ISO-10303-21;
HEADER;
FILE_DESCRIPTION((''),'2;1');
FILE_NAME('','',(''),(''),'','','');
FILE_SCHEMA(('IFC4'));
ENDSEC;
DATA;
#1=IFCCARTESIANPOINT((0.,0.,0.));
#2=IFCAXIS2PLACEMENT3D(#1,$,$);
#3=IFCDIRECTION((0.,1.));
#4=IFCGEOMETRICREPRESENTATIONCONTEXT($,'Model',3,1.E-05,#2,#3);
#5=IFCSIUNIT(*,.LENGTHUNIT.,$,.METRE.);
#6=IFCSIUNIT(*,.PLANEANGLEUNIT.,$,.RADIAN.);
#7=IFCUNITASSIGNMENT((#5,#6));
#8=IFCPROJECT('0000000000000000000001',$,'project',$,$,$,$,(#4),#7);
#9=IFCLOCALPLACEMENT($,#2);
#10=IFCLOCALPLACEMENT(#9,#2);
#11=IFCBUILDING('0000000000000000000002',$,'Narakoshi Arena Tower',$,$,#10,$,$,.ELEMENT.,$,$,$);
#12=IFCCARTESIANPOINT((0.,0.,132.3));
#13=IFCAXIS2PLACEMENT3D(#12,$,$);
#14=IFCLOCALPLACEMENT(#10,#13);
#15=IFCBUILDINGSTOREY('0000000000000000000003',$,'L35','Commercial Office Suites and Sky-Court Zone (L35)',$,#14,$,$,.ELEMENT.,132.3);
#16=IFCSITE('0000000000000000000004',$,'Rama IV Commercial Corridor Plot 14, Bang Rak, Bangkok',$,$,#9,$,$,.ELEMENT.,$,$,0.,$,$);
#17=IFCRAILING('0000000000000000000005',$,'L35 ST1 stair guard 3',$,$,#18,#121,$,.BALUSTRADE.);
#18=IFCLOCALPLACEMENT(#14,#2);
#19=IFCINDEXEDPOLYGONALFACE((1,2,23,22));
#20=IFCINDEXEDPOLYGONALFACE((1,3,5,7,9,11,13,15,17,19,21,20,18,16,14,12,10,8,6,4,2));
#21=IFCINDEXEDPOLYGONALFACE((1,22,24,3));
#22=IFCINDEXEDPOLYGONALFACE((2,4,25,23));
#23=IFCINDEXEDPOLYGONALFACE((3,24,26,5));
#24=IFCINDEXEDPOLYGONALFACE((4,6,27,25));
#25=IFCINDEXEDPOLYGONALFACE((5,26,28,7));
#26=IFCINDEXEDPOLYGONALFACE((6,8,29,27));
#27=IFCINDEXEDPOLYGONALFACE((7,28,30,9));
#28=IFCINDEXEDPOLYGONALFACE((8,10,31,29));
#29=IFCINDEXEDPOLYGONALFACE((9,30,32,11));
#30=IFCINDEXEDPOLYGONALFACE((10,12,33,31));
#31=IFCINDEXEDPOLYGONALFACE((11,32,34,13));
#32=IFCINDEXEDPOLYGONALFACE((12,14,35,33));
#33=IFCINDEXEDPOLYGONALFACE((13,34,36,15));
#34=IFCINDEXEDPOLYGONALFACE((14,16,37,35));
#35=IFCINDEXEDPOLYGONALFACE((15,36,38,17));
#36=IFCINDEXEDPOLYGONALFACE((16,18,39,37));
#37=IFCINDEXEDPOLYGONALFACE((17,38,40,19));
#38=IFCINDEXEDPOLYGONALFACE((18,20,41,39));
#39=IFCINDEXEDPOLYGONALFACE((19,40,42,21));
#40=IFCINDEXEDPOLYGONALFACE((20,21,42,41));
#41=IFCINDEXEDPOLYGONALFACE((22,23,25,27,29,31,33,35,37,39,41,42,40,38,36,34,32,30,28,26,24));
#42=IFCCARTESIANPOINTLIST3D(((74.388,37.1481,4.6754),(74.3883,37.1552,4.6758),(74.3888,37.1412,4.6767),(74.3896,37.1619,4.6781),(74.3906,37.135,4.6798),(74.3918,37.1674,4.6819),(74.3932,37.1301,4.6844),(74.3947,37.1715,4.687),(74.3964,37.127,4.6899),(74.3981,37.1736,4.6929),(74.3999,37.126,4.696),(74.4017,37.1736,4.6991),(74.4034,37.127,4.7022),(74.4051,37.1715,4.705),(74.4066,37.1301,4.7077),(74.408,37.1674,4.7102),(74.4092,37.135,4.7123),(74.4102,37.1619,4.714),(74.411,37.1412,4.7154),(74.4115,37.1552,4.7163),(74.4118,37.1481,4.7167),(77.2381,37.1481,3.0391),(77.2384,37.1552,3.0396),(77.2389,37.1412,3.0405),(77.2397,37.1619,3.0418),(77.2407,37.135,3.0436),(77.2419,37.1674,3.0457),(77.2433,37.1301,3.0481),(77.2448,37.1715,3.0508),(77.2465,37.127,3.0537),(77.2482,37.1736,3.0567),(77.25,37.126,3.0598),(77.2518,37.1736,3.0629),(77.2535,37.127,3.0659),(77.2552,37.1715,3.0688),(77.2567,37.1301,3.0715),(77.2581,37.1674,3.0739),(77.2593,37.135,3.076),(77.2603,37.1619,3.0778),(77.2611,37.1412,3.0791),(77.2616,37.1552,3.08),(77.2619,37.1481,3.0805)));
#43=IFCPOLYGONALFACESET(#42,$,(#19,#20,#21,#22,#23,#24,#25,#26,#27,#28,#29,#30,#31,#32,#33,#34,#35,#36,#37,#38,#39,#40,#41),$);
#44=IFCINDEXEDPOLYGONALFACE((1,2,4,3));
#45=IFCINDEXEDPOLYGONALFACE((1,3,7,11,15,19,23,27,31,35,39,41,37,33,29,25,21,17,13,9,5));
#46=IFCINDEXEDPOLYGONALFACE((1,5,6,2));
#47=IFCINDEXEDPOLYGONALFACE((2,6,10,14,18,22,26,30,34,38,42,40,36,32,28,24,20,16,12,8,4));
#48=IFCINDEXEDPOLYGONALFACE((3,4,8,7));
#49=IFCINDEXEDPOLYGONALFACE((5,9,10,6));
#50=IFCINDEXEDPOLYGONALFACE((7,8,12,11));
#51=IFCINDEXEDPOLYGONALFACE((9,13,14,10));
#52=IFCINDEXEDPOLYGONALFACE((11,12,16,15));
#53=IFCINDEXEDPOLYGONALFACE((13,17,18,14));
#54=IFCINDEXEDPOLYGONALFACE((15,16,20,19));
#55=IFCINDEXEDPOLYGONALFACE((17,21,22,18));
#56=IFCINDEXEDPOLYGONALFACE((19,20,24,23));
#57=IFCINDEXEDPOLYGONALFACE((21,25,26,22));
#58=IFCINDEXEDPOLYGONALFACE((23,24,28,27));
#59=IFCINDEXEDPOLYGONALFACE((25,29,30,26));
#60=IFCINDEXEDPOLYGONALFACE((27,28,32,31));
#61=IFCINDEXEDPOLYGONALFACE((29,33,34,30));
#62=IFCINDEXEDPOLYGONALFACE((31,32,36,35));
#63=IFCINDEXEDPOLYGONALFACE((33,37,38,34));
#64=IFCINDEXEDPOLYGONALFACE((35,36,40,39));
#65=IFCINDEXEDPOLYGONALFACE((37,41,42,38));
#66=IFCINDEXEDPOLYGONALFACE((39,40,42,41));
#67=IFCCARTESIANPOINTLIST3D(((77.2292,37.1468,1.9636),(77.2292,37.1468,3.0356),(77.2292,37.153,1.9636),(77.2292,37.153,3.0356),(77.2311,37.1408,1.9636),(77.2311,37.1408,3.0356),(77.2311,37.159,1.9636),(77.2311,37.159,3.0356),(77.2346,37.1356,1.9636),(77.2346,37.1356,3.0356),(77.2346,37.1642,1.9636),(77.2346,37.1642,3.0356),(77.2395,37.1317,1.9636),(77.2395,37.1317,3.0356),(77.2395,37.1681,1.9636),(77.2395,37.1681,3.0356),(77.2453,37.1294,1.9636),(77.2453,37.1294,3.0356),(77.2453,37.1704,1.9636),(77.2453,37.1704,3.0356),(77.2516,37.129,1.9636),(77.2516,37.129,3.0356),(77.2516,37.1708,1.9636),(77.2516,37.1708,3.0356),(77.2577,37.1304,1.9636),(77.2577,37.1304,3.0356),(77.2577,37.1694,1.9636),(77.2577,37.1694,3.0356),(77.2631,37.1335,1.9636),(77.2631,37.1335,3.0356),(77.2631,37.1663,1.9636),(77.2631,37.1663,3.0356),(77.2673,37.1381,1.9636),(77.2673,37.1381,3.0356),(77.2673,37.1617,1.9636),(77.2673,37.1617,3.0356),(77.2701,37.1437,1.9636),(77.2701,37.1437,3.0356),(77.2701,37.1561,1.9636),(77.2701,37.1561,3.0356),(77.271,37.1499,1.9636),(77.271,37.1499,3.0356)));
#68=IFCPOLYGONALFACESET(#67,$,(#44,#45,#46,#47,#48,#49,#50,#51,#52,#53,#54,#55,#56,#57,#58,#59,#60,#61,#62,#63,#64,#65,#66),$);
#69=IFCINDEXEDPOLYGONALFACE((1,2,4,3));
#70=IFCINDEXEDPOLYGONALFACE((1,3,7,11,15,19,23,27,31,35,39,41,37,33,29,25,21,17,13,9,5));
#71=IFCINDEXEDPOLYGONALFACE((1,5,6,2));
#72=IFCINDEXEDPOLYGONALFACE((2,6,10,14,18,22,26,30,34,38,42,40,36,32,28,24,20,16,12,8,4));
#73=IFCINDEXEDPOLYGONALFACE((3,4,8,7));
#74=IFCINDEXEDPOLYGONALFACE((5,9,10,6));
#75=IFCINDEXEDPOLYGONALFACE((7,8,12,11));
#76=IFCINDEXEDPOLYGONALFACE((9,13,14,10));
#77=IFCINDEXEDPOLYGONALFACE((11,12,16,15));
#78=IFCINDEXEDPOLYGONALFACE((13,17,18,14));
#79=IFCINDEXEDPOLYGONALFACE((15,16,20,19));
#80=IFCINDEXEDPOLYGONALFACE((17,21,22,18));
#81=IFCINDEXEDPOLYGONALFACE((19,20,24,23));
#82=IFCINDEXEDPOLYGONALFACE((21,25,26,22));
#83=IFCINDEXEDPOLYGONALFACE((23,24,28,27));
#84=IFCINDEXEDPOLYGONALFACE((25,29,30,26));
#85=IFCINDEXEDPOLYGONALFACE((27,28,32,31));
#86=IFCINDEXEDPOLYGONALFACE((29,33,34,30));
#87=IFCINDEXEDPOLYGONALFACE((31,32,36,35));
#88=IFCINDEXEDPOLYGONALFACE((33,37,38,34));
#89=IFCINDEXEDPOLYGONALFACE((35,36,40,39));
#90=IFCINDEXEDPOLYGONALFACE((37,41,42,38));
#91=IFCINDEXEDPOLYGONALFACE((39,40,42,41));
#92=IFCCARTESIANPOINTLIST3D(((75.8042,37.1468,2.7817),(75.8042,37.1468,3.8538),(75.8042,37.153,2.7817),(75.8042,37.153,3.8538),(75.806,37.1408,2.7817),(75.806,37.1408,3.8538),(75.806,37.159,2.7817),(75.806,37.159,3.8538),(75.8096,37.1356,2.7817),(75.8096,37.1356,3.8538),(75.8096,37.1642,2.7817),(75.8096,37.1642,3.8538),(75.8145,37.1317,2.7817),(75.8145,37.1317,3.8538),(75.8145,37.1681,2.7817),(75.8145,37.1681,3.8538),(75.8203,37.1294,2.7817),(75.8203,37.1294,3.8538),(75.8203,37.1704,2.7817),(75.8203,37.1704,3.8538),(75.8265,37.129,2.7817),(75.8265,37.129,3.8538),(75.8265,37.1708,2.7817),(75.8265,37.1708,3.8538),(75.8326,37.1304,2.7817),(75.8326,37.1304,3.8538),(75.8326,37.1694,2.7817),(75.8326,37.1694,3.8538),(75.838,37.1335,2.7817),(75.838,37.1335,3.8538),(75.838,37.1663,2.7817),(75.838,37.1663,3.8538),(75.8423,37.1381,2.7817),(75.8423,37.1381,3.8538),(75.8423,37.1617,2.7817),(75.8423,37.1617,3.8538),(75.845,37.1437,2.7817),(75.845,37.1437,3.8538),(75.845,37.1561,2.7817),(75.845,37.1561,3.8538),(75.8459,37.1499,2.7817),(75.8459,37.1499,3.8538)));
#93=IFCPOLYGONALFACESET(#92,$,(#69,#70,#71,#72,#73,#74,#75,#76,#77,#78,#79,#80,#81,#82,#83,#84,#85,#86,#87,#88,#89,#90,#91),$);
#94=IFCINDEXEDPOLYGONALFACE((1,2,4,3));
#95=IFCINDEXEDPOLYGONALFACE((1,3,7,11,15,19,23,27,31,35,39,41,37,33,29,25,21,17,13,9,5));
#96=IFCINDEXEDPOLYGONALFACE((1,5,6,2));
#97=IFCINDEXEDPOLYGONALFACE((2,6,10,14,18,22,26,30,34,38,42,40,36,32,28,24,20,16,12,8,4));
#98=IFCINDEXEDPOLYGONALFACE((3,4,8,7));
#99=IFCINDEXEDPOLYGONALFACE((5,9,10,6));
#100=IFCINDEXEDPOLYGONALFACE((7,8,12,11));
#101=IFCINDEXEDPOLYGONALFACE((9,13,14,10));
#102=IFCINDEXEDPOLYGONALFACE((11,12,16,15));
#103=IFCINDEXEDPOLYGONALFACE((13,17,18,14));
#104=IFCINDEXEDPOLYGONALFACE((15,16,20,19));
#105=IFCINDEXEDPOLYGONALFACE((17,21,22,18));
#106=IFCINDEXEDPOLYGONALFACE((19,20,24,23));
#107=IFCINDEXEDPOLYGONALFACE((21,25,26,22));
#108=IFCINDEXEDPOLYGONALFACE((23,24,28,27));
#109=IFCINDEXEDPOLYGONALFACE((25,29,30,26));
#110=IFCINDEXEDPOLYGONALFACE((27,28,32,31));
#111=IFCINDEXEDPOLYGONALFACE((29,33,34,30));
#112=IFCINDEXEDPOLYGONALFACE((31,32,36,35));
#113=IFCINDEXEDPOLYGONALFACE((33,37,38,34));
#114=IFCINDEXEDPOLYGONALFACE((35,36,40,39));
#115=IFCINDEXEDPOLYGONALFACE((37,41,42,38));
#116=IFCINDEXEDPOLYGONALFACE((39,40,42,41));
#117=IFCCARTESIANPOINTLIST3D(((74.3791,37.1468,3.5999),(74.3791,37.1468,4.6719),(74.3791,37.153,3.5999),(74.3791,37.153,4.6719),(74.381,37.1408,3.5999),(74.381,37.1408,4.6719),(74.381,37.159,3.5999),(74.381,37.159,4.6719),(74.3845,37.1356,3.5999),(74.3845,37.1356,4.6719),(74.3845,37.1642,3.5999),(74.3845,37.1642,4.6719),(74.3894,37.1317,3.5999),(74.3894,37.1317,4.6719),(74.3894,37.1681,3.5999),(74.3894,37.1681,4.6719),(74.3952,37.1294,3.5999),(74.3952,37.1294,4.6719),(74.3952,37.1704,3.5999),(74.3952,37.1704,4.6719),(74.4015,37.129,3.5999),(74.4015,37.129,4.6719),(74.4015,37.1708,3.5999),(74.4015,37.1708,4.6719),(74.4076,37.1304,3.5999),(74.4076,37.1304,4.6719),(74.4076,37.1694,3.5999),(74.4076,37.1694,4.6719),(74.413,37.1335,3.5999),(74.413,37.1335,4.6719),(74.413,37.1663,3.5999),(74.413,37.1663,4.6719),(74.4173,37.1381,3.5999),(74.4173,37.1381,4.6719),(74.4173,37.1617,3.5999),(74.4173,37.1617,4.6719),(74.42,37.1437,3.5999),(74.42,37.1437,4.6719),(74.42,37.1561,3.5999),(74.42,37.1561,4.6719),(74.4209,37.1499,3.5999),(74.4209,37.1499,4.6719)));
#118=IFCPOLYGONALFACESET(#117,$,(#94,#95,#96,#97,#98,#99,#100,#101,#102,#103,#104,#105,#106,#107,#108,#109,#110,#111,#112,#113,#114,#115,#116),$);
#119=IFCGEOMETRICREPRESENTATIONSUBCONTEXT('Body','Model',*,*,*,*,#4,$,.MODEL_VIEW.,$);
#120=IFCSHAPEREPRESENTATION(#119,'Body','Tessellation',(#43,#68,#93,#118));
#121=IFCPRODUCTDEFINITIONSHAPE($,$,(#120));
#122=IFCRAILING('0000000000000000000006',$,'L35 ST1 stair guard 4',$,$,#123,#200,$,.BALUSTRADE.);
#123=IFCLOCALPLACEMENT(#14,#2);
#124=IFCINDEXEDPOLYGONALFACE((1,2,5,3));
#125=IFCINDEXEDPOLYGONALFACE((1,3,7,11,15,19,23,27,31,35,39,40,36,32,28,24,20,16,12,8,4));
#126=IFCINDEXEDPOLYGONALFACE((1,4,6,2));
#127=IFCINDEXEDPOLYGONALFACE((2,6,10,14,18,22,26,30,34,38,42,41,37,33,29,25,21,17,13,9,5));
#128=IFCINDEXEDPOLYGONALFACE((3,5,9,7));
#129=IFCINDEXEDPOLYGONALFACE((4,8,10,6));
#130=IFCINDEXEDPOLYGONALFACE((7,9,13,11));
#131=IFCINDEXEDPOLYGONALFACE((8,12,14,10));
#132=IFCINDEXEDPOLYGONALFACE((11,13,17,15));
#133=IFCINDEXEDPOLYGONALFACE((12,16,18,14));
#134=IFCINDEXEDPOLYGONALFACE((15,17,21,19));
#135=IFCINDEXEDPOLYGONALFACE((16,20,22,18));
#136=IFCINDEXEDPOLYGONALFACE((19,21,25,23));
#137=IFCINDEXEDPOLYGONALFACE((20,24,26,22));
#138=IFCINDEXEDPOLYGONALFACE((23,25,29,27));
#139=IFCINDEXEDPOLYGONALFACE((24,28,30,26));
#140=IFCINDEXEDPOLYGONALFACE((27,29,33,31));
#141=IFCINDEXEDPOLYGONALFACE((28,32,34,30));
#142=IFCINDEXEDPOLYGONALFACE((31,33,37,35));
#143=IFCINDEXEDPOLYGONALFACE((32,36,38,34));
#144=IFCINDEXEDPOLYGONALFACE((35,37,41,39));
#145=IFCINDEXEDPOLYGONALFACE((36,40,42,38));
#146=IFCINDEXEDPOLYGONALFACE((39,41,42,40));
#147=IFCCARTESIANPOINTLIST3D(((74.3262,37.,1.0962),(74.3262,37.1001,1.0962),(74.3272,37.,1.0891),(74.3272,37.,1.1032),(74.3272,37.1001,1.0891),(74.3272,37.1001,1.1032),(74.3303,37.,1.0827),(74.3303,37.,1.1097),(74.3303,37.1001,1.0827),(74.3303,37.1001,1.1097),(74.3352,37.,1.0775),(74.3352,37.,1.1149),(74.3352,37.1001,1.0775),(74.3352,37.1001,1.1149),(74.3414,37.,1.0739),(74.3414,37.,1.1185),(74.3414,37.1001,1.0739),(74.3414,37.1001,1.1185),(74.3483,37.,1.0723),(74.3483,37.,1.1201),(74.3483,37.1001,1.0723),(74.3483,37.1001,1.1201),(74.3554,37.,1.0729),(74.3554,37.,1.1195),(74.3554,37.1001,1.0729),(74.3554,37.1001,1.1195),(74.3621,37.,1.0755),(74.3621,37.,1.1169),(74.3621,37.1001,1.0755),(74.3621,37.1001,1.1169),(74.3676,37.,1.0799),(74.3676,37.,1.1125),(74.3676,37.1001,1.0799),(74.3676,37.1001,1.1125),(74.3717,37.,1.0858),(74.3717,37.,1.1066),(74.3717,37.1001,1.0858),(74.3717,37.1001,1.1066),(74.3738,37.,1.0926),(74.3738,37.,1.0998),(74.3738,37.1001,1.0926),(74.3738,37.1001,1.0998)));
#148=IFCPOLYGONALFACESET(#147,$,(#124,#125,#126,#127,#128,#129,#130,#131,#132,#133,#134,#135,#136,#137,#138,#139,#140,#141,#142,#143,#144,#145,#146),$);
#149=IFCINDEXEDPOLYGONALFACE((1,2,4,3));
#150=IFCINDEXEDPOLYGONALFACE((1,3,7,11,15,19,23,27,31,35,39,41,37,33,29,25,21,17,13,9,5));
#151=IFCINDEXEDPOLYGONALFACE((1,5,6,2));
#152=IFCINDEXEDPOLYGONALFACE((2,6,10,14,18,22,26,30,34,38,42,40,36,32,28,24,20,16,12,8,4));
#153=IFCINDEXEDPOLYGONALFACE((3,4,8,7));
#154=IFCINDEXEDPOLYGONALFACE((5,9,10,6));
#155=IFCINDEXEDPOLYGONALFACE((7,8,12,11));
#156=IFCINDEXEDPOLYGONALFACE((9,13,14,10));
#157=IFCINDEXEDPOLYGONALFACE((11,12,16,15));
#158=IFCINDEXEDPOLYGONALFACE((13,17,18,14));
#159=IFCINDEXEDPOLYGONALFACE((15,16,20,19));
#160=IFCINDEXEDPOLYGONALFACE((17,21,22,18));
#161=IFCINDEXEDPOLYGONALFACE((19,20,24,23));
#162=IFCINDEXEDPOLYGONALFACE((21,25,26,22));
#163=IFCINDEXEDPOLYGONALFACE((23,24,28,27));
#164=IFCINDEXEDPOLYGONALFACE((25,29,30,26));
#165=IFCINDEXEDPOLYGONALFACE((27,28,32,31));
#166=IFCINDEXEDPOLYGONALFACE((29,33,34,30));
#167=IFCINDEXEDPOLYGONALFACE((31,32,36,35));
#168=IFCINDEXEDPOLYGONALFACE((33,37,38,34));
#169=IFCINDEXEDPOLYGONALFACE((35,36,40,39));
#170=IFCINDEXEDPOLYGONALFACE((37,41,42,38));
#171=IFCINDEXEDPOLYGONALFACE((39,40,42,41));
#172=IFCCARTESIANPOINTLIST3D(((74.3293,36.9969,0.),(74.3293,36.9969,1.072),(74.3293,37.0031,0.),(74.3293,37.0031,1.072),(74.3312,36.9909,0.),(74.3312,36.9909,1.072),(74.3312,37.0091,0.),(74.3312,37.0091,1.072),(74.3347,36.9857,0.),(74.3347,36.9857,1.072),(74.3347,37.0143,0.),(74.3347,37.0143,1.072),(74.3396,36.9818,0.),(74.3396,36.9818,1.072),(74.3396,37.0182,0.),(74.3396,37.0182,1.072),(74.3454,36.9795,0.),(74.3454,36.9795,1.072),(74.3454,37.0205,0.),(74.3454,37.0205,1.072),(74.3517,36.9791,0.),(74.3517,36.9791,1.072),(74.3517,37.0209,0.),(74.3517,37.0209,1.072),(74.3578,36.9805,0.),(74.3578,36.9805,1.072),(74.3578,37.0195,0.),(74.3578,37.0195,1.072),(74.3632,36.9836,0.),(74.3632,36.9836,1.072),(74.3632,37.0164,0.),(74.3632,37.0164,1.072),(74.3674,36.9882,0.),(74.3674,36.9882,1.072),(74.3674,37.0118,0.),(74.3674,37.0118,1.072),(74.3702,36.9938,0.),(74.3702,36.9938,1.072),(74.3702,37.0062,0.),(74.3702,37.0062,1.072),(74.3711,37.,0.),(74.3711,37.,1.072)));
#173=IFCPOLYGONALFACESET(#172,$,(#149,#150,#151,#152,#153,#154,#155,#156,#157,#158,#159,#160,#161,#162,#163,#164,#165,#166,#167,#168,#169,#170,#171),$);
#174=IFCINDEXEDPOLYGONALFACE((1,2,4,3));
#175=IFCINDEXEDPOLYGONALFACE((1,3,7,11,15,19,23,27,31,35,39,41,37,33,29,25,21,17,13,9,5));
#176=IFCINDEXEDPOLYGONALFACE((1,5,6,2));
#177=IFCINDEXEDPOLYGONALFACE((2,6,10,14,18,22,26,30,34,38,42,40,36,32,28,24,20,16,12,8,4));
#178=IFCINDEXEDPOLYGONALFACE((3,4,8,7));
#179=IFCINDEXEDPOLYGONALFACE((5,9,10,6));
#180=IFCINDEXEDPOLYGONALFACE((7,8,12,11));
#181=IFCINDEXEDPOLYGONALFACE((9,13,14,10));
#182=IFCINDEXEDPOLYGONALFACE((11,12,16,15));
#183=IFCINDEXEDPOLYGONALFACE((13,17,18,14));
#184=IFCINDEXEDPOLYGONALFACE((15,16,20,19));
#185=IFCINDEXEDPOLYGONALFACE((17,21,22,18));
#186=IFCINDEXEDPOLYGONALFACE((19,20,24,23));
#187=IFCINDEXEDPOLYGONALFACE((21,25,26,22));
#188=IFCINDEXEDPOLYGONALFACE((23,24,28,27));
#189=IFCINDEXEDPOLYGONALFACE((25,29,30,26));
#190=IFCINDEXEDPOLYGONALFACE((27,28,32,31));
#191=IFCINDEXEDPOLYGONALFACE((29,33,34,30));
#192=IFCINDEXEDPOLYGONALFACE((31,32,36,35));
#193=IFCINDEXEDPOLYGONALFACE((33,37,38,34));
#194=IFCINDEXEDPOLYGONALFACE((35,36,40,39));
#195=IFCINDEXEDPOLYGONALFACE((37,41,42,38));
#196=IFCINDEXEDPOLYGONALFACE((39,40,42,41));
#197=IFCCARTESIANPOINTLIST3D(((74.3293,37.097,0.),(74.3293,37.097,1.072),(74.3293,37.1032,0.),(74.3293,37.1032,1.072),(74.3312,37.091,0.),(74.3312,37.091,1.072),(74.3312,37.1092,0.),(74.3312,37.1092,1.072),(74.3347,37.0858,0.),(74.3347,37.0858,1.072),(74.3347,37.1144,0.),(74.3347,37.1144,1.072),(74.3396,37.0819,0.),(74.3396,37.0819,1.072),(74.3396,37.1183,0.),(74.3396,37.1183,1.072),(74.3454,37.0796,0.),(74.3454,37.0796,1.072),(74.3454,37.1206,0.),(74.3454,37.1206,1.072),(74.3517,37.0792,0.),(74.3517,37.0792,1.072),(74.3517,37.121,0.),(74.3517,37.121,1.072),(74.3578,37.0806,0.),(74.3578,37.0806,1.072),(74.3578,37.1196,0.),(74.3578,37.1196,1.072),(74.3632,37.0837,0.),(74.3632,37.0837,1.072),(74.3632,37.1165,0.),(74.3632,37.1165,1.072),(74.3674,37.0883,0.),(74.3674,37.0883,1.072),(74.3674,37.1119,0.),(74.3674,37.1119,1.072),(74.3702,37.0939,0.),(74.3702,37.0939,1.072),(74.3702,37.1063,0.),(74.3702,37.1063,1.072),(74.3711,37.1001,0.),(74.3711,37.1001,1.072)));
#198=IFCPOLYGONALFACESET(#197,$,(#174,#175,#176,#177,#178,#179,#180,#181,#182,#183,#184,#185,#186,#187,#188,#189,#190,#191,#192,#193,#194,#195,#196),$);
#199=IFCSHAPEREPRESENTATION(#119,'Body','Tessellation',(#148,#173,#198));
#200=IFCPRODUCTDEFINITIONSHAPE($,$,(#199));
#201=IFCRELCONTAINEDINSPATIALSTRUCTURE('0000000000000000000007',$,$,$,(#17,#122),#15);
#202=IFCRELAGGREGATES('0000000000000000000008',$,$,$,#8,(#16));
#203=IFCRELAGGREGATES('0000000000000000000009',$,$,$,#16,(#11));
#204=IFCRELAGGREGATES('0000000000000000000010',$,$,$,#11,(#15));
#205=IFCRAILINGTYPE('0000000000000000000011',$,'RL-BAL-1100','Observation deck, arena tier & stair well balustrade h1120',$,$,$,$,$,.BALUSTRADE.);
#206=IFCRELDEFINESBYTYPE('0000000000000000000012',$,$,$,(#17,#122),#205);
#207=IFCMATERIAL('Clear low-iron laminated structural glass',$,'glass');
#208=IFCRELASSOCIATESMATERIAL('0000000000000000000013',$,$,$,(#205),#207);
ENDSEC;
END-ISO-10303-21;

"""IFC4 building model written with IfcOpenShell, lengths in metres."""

from ifc_helpers import new_model, si_unit, direction, frame, origin, origin_2d, place, context, subcontext, project, spatial, circle, extrude, material, type_object, element, save


model = new_model("IFC4")

# Units and contexts
model_context = context("Model", 3, precision=1e-05, world=origin(), true_north=direction((0.0, 1.0)))
body_context = subcontext(model_context, "Body", "Model", "MODEL_VIEW")
ifc_project = project(units=[si_unit("LENGTHUNIT", "METRE"), si_unit("PLANEANGLEUNIT", "RADIAN")], contexts=[model_context])

# Site, building, storey
site_placement = place(None, origin())
site = spatial("IfcSite", under=ifc_project, at=site_placement, Name="Rama IV Commercial Corridor Plot 14, Bang Rak, Bangkok", CompositionType="ELEMENT", RefElevation=0.0)
building_placement = place(site_placement, origin())
building = spatial("IfcBuilding", under=site, at=building_placement, Name="Narakoshi Arena Tower", CompositionType="ELEMENT")
storey_placement = place(building_placement, frame((0.0, 0.0, 132.3)))
storey = spatial("IfcBuildingStorey", under=building, at=storey_placement, Name="L35", Description="Commercial Office Suites and Sky-Court Zone (L35)", CompositionType="ELEMENT", Elevation=132.3)

# Railings
ifc_material_1 = material(Name="Clear low-iron laminated structural glass", Category="glass")
railing_type_1 = type_object("IfcRailingType", Name="RL-BAL-1100", Description="Observation deck, arena tier & stair well balustrade h1120", PredefinedType="BALUSTRADE", material=ifc_material_1)
railing_1_placement = place(storey_placement, frame((77.25, 37.1499, 1.9636)))
element("IfcRailing", 1, at=railing_1_placement, inside=storey, type_object=railing_type_1, Name="L35 ST1 stair guard 3", PredefinedType="BALUSTRADE", context=body_context, shape_type="SweptSolid", body=[
    extrude(circle(Radius=0.0239, at=origin_2d()), frame((0.0, 0.0, 1.0962), z_axis=(-0.867245, 0.0, 0.497882), x_axis=(0.0, -1.0, 0.0)), (0.0, 0.0, 1.0), 3.2864),
    extrude(circle(Radius=0.021, at=origin_2d()), origin(), (0.0, 0.0, 1.0), 1.072),
    extrude(circle(Radius=0.021, at=origin_2d()), frame((-1.425, 0.0, 0.8181)), (0.0, 0.0, 1.0), 1.072),
    extrude(circle(Radius=0.021, at=origin_2d()), frame((-2.8501, 0.0, 1.6362)), (0.0, 0.0, 1.0), 1.072),
])
railing_2_placement = place(storey_placement, frame((74.3501, 37.0, 0.0)))
element("IfcRailing", 2, at=railing_2_placement, inside=storey, type_object=railing_type_1, Name="L35 ST1 stair guard 4", PredefinedType="BALUSTRADE", context=body_context, shape_type="SweptSolid", body=[
    extrude(circle(Radius=0.0239, at=origin_2d()), frame((0.0, 0.0, 1.0962), z_axis=(0.0, 1.0, 0.0), x_axis=(-1.0, 0.0, 0.0)), (0.0, 0.0, 1.0), 0.1001),
    extrude(circle(Radius=0.021, at=origin_2d()), origin(), (0.0, 0.0, 1.0), 1.072),
    extrude(circle(Radius=0.021, at=origin_2d()), frame((0.0, 0.1001, 0.0)), (0.0, 0.0, 1.0), 1.072),
])

save(model, "model.ifc")
